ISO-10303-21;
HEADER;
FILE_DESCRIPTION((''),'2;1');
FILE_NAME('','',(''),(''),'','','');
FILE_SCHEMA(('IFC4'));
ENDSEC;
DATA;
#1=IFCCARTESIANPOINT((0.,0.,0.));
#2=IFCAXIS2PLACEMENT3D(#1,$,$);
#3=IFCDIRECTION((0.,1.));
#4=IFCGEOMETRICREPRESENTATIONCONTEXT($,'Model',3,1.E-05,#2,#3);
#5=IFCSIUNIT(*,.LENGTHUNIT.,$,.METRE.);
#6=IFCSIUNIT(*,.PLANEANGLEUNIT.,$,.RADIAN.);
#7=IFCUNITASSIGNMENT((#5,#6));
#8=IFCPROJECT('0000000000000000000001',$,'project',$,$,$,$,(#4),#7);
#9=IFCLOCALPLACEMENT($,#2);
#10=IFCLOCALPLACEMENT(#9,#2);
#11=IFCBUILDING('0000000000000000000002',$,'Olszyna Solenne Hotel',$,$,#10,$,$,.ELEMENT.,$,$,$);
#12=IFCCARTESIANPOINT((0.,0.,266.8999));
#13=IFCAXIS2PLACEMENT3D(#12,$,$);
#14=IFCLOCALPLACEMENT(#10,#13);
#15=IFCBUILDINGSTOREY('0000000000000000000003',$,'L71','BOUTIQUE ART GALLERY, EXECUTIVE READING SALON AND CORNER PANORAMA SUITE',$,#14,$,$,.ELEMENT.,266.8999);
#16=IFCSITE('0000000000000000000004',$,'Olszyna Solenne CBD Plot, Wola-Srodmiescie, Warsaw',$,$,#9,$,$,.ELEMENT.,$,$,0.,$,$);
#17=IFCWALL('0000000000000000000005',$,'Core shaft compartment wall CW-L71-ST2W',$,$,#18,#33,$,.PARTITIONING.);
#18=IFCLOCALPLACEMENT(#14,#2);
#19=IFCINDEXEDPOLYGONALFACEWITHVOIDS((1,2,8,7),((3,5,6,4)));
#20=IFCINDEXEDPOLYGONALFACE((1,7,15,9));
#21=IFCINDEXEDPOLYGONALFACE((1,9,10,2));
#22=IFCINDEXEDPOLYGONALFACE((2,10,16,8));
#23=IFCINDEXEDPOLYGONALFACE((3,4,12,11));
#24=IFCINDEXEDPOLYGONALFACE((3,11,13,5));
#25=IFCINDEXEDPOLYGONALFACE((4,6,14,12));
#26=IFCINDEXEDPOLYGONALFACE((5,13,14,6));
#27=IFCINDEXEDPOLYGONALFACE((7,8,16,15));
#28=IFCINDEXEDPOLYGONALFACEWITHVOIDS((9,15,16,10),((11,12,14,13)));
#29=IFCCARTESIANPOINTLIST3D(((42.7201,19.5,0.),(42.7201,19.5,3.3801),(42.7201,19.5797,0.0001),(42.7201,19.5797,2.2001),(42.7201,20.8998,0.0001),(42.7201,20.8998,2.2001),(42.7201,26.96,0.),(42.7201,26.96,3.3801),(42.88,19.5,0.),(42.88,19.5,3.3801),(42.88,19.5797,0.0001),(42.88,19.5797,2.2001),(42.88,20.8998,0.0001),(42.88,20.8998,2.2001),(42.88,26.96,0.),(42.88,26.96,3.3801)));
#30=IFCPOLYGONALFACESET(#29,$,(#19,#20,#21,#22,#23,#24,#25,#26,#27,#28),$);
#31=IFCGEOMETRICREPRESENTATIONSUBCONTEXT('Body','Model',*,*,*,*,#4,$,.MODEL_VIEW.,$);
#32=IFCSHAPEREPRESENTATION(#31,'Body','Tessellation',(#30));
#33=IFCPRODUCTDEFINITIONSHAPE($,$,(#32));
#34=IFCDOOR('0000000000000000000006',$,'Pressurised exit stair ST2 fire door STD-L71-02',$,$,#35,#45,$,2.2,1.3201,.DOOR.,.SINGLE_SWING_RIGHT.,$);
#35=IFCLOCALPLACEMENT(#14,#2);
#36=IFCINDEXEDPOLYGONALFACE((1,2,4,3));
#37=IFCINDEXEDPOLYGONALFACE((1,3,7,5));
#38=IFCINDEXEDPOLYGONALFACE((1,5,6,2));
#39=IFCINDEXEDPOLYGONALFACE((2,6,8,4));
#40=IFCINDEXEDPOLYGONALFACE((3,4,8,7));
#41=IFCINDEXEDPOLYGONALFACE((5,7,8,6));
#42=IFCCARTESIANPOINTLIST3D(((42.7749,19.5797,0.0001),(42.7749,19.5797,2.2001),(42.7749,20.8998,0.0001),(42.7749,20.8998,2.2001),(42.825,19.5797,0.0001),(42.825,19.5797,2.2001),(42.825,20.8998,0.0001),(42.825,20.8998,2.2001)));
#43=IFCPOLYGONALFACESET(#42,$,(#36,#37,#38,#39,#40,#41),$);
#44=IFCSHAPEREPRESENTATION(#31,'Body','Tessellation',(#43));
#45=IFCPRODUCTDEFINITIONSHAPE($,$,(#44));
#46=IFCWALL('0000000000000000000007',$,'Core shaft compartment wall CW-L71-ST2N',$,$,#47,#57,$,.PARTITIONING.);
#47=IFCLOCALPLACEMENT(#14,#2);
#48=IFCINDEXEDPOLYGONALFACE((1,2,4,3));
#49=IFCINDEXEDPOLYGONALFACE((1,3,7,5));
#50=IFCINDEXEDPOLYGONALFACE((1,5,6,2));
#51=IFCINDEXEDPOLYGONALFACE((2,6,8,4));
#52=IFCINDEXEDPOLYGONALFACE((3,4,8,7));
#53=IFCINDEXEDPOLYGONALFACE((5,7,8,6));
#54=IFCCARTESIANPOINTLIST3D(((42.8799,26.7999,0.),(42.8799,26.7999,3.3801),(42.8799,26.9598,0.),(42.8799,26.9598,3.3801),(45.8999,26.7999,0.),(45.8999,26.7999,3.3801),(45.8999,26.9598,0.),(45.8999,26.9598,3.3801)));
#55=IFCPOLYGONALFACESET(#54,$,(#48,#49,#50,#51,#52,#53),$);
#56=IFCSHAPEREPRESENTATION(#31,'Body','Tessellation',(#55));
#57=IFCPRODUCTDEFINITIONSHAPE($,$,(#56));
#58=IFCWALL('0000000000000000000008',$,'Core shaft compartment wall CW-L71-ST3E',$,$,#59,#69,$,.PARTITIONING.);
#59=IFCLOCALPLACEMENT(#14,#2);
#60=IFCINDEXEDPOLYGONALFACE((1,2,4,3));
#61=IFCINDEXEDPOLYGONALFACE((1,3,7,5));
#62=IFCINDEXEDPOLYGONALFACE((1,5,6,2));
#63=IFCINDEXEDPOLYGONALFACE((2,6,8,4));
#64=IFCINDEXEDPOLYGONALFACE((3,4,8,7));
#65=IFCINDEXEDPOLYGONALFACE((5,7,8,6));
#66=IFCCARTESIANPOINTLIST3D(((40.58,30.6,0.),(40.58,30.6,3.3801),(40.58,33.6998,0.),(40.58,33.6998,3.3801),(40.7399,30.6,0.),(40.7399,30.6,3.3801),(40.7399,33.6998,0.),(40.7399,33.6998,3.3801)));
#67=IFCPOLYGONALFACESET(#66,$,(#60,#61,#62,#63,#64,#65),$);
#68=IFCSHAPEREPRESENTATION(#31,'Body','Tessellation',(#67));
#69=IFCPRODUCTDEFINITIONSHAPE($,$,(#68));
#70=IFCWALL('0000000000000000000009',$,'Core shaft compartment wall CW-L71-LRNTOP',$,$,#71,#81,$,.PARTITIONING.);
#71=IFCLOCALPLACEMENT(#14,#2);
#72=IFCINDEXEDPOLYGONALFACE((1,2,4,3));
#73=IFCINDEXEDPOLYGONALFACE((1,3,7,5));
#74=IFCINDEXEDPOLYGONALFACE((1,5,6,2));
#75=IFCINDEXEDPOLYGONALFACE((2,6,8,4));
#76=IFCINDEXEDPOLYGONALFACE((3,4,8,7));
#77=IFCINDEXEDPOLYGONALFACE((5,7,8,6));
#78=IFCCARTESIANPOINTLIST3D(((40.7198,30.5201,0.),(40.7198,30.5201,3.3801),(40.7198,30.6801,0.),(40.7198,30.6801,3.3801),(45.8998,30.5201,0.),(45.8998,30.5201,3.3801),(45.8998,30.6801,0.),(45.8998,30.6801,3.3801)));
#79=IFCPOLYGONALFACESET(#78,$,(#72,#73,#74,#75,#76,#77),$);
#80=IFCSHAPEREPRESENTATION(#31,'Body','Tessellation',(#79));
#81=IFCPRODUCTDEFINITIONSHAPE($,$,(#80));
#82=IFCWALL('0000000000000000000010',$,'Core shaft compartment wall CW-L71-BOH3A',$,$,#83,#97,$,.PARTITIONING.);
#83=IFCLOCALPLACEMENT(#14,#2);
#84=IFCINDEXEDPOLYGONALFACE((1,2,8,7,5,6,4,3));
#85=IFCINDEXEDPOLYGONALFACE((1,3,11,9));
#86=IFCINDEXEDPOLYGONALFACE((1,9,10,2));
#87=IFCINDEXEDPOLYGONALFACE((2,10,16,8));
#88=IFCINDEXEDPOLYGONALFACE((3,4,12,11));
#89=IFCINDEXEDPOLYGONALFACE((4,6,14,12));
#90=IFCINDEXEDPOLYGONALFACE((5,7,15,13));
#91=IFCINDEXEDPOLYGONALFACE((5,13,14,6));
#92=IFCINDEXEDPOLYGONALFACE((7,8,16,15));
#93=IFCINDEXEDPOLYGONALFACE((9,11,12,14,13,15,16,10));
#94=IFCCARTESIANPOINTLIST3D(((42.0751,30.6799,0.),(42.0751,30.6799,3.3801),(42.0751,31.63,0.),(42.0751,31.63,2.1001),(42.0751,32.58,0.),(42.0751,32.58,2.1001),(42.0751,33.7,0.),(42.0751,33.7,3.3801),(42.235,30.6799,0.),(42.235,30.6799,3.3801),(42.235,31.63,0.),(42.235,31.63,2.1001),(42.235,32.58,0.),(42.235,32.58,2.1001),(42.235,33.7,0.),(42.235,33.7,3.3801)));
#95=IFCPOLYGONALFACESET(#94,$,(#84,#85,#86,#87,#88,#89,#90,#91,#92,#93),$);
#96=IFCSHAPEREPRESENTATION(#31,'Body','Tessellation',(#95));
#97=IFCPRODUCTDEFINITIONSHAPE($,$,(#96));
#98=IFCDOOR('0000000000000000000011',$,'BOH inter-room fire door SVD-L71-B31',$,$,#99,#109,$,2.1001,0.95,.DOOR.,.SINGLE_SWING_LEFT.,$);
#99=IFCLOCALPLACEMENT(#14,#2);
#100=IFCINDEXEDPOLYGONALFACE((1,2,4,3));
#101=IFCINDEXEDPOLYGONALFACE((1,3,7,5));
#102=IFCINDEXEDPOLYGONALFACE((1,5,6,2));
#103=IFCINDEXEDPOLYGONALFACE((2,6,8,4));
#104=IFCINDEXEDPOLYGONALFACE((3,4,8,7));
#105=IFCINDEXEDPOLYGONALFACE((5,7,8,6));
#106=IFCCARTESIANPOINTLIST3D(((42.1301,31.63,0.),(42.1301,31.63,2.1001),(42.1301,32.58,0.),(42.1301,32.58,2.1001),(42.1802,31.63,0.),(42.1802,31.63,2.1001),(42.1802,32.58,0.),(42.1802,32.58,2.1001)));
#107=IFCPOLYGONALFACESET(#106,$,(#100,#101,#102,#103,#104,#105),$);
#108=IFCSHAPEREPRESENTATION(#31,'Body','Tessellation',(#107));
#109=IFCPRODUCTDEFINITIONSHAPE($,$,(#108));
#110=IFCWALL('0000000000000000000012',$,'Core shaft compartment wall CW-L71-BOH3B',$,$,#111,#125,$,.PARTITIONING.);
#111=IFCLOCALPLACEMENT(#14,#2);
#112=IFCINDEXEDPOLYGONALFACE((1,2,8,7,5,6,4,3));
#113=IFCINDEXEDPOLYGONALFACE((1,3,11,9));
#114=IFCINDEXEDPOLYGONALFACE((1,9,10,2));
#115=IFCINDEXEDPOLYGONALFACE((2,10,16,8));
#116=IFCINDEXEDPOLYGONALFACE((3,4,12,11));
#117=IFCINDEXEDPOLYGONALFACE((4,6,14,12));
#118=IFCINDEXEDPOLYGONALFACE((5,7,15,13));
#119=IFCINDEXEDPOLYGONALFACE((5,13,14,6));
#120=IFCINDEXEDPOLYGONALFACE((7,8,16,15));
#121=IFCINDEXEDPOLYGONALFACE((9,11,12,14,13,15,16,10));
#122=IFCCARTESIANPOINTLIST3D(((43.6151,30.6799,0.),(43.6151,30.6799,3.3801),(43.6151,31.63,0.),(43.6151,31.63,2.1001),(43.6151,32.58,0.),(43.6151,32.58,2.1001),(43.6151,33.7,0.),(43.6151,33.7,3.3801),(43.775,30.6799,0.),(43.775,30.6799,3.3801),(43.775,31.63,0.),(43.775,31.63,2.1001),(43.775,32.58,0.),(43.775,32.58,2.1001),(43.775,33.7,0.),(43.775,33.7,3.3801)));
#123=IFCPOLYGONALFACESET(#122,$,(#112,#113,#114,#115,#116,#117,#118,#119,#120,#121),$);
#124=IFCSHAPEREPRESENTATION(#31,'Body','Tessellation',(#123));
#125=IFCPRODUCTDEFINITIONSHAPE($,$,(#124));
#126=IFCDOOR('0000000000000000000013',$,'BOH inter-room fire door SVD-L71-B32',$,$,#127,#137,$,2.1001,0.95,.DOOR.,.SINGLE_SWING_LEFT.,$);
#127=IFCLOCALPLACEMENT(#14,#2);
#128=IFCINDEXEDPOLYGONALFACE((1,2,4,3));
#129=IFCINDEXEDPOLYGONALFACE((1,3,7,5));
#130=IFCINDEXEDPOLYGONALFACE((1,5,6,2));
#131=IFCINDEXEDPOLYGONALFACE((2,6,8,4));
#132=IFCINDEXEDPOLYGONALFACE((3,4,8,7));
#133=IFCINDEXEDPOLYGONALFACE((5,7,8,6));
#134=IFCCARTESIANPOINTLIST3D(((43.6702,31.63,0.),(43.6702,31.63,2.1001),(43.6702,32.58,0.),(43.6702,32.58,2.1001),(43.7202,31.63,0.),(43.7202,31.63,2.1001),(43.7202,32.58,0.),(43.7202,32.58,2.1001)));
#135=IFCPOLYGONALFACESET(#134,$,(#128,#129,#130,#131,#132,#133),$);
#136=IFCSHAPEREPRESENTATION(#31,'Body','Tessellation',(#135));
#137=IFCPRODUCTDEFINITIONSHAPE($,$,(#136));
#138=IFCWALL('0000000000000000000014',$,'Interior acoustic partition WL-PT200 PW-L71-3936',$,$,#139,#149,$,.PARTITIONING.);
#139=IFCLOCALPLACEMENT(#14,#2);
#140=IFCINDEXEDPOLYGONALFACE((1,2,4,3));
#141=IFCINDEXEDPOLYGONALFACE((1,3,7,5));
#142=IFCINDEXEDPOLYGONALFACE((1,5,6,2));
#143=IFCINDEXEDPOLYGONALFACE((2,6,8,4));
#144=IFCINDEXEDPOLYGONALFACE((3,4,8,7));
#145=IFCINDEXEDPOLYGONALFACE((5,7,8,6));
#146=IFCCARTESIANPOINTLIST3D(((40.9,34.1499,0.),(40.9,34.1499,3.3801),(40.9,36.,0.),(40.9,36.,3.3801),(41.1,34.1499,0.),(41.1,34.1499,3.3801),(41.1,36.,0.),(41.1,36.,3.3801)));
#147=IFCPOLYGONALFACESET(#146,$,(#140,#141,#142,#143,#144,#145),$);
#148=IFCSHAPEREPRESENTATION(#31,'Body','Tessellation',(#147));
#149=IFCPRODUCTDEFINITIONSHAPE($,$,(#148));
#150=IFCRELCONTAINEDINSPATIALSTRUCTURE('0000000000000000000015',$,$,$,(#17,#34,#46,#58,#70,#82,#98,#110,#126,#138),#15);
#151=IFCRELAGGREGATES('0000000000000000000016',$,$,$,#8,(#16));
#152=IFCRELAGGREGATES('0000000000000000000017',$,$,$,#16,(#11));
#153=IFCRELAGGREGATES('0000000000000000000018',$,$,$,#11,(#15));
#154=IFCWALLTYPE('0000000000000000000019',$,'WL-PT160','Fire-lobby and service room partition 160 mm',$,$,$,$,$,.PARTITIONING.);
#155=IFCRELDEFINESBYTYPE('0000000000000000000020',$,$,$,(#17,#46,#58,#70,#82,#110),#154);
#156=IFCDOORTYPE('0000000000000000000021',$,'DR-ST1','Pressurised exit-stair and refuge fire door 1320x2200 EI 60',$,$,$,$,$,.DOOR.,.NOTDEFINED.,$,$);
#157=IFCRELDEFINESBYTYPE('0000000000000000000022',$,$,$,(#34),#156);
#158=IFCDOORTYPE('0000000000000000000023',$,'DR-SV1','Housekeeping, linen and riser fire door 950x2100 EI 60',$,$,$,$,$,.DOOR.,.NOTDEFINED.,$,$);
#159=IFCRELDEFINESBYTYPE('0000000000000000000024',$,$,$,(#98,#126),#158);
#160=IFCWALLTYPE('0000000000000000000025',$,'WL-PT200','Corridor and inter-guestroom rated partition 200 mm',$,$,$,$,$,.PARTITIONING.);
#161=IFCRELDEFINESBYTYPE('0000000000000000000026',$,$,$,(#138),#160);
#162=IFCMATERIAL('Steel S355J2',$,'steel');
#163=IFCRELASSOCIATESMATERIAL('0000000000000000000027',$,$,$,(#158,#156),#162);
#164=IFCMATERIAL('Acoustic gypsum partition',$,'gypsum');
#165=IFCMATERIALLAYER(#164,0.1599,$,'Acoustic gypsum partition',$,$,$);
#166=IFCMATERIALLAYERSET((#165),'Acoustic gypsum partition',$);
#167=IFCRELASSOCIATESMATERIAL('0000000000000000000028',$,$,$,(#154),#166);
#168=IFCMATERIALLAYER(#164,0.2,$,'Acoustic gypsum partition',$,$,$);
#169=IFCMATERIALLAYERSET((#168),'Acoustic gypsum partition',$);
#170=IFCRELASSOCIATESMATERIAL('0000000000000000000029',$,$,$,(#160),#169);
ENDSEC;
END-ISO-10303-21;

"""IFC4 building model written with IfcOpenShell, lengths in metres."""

from ifc_helpers import new_model, si_unit, direction, frame, frame_2d, origin, place, context, subcontext, project, spatial, rectangle, extrude, source, transform, mapped, material, layer, layer_set, type_object, type_shapes, element, fill, save


model = new_model("IFC4")

# Units and contexts
model_context = context("Model", 3, precision=1e-05, world=origin(), true_north=direction((0.0, 1.0)))
body_context = subcontext(model_context, "Body", "Model", "MODEL_VIEW")
ifc_project = project(units=[si_unit("LENGTHUNIT", "METRE"), si_unit("PLANEANGLEUNIT", "RADIAN")], contexts=[model_context])

# Site, building, storey
site_placement = place(None, origin())
site = spatial("IfcSite", under=ifc_project, at=site_placement, Name="Olszyna Solenne CBD Plot, Wola-Srodmiescie, Warsaw", CompositionType="ELEMENT", RefElevation=0.0)
building_placement = place(site_placement, origin())
building = spatial("IfcBuilding", under=site, at=building_placement, Name="Olszyna Solenne Hotel", CompositionType="ELEMENT")
storey_placement = place(building_placement, frame((0.0, 0.0, 266.8999)))
storey = spatial("IfcBuildingStorey", under=building, at=storey_placement, Name="L71", Description="BOUTIQUE ART GALLERY, EXECUTIVE READING SALON AND CORNER PANORAMA SUITE", CompositionType="ELEMENT", Elevation=266.8999)

# Shared definitions
ifc_material_1 = material(Name="Steel S355J2", Category="steel")

# Shared definitions
door_type_1 = type_object("IfcDoorType", Name="DR-SV1", Description="Housekeeping, linen and riser fire door 950x2100 EI 60", OperationType="NOTDEFINED", PredefinedType="DOOR", material=ifc_material_1)
shared_shape_1 = source(origin(), body_context, "Body", "SweptSolid", [
    extrude(rectangle(XDim=0.95, YDim=2.1001, at=frame_2d((0.4751, 1.05))), frame((0.0, 0.0249, 0.0), z_axis=(0.0, -1.0, 0.0), x_axis=(1.0, 0.0, 0.0)), (0.0, 0.0, 1.0), 0.05),
])
type_shapes(door_type_1, [shared_shape_1])

# Shared definitions
ifc_material_2 = material(Name="Acoustic gypsum partition", Category="gypsum")

# Wall, opening, door
ifc_layer_1 = layer(ifc_material_2, 0.1599, Name="Acoustic gypsum partition")
ifc_layer_set_1 = layer_set([ifc_layer_1], Name="Acoustic gypsum partition")
wall_type_1 = type_object("IfcWallType", Name="WL-PT160", Description="Fire-lobby and service room partition 160 mm", PredefinedType="PARTITIONING", material=ifc_layer_set_1)
wall_1_placement = place(storey_placement, frame((42.8, 26.96, 0.0), z_axis=(0.0, 0.0, 1.0), x_axis=(0.0, -1.0, 0.0)))
wall_1 = element("IfcWall", 1, at=wall_1_placement, inside=storey, type_object=wall_type_1, Name="Core shaft compartment wall CW-L71-ST2W", PredefinedType="PARTITIONING", context=body_context, shape_type="SweptSolid", body=[
    extrude(rectangle(XDim=7.46, YDim=0.1599, at=frame_2d((3.73, 0.0))), origin(), (0.0, 0.0, 1.0), 3.3801),
])
opening_1_placement = place(wall_1_placement, frame((6.0601, 0.0, 0.0)))
opening_1 = element("IfcOpeningElement", 2, at=opening_1_placement, cuts=wall_1, PredefinedType="OPENING", context=body_context, shape_type="SweptSolid", body=[
    extrude(rectangle(XDim=1.3201, YDim=2.2, at=frame_2d((0.6602, 1.1001))), frame((0.0, 0.0898, 0.0), z_axis=(0.0, -1.0, 0.0), x_axis=(1.0, 0.0, 0.0)), (0.0, 0.0, 1.0), 0.1799),
])
door_type_2 = type_object("IfcDoorType", Name="DR-ST1", Description="Pressurised exit-stair and refuge fire door 1320x2200 EI 60", OperationType="NOTDEFINED", PredefinedType="DOOR", material=ifc_material_1)
shared_shape_2 = source(origin(), body_context, "Body", "SweptSolid", [
    extrude(rectangle(XDim=1.3201, YDim=2.2, at=frame_2d((0.6602, 1.1001))), frame((0.0, 0.0249, 0.0), z_axis=(0.0, -1.0, 0.0), x_axis=(1.0, 0.0, 0.0)), (0.0, 0.0, 1.0), 0.05),
])
type_shapes(door_type_2, [shared_shape_2])
door_1_placement = place(opening_1_placement, origin())
door_1 = element("IfcDoor", 3, at=door_1_placement, inside=storey, type_object=door_type_2, Name="Pressurised exit stair ST2 fire door STD-L71-02", OperationType="SINGLE_SWING_RIGHT", OverallHeight=2.2, OverallWidth=1.3201, PredefinedType="DOOR", context=body_context, shape_type="MappedRepresentation", body=[
    mapped(shared_shape_2, transform((0.0, 0.0, 0.0), x_axis=(1.0, 0.0, 0.0), y_axis=(0.0, 1.0, 0.0), z_axis=(0.0, 0.0, 1.0), scale=1.0)),
])
fill(opening_1, door_1)

# Walls
wall_2_placement = place(storey_placement, frame((42.8799, 26.8799, 0.0), z_axis=(0.0, 0.0, 1.0), x_axis=(1.0, 0.0, 0.0)))
element("IfcWall", 4, at=wall_2_placement, inside=storey, type_object=wall_type_1, Name="Core shaft compartment wall CW-L71-ST2N", PredefinedType="PARTITIONING", context=body_context, shape_type="SweptSolid", body=[
    extrude(rectangle(XDim=3.02, YDim=0.1599, at=frame_2d((1.51, 0.0))), origin(), (0.0, 0.0, 1.0), 3.3801),
])
wall_3_placement = place(storey_placement, frame((40.6599, 30.6001, 0.0), z_axis=(0.0, 0.0, 1.0), x_axis=(0.0, 1.0, 0.0)))
element("IfcWall", 5, at=wall_3_placement, inside=storey, type_object=wall_type_1, Name="Core shaft compartment wall CW-L71-ST3E", PredefinedType="PARTITIONING", context=body_context, shape_type="SweptSolid", body=[
    extrude(rectangle(XDim=3.0999, YDim=0.1599, at=frame_2d((1.5498, 0.0))), origin(), (0.0, 0.0, 1.0), 3.3801),
])
wall_4_placement = place(storey_placement, frame((40.72, 30.6001, 0.0), z_axis=(0.0, 0.0, 1.0), x_axis=(1.0, 0.0, 0.0)))
element("IfcWall", 6, at=wall_4_placement, inside=storey, type_object=wall_type_1, Name="Core shaft compartment wall CW-L71-LRNTOP", PredefinedType="PARTITIONING", context=body_context, shape_type="SweptSolid", body=[
    extrude(rectangle(XDim=5.1799, YDim=0.1599, at=frame_2d((2.5898, 0.0))), origin(), (0.0, 0.0, 1.0), 3.3801),
])

# Walls, openings, doors
wall_5_placement = place(storey_placement, frame((42.155, 30.6799, 0.0), z_axis=(0.0, 0.0, 1.0), x_axis=(0.0, 1.0, 0.0)))
wall_5 = element("IfcWall", 7, at=wall_5_placement, inside=storey, type_object=wall_type_1, Name="Core shaft compartment wall CW-L71-BOH3A", PredefinedType="PARTITIONING", context=body_context, shape_type="SweptSolid", body=[
    extrude(rectangle(XDim=3.02, YDim=0.1599, at=frame_2d((1.51, 0.0))), origin(), (0.0, 0.0, 1.0), 3.3801),
])
opening_2_placement = place(wall_5_placement, frame((0.95, 0.0, 0.0)))
opening_2 = element("IfcOpeningElement", 8, at=opening_2_placement, cuts=wall_5, PredefinedType="OPENING", context=body_context, shape_type="SweptSolid", body=[
    extrude(rectangle(XDim=0.95, YDim=2.1001, at=frame_2d((0.4751, 1.05))), frame((0.0, 0.0898, 0.0), z_axis=(0.0, -1.0, 0.0), x_axis=(1.0, 0.0, 0.0)), (0.0, 0.0, 1.0), 0.1799),
])
door_2_placement = place(opening_2_placement, origin())
door_2 = element("IfcDoor", 9, at=door_2_placement, inside=storey, type_object=door_type_1, Name="BOH inter-room fire door SVD-L71-B31", OperationType="SINGLE_SWING_LEFT", OverallHeight=2.1001, OverallWidth=0.95, PredefinedType="DOOR", context=body_context, shape_type="MappedRepresentation", body=[
    mapped(shared_shape_1, transform((0.0, 0.0, 0.0), x_axis=(1.0, 0.0, 0.0), y_axis=(0.0, 1.0, 0.0), z_axis=(0.0, 0.0, 1.0), scale=1.0)),
])
fill(opening_2, door_2)
wall_6_placement = place(storey_placement, frame((43.6951, 30.6799, 0.0), z_axis=(0.0, 0.0, 1.0), x_axis=(0.0, 1.0, 0.0)))
wall_6 = element("IfcWall", 10, at=wall_6_placement, inside=storey, type_object=wall_type_1, Name="Core shaft compartment wall CW-L71-BOH3B", PredefinedType="PARTITIONING", context=body_context, shape_type="SweptSolid", body=[
    extrude(rectangle(XDim=3.02, YDim=0.1599, at=frame_2d((1.51, 0.0))), origin(), (0.0, 0.0, 1.0), 3.3801),
])
opening_3_placement = place(wall_6_placement, frame((0.95, 0.0, 0.0)))
opening_3 = element("IfcOpeningElement", 11, at=opening_3_placement, cuts=wall_6, PredefinedType="OPENING", context=body_context, shape_type="SweptSolid", body=[
    extrude(rectangle(XDim=0.95, YDim=2.1001, at=frame_2d((0.4751, 1.05))), frame((0.0, 0.0898, 0.0), z_axis=(0.0, -1.0, 0.0), x_axis=(1.0, 0.0, 0.0)), (0.0, 0.0, 1.0), 0.1799),
])
door_3_placement = place(opening_3_placement, origin())
door_3 = element("IfcDoor", 12, at=door_3_placement, inside=storey, type_object=door_type_1, Name="BOH inter-room fire door SVD-L71-B32", OperationType="SINGLE_SWING_LEFT", OverallHeight=2.1001, OverallWidth=0.95, PredefinedType="DOOR", context=body_context, shape_type="MappedRepresentation", body=[
    mapped(shared_shape_1, transform((0.0, 0.0, 0.0), x_axis=(1.0, 0.0, 0.0), y_axis=(0.0, 1.0, 0.0), z_axis=(0.0, 0.0, 1.0), scale=1.0)),
])
fill(opening_3, door_3)

# Wall
ifc_layer_2 = layer(ifc_material_2, 0.2, Name="Acoustic gypsum partition")
ifc_layer_set_2 = layer_set([ifc_layer_2], Name="Acoustic gypsum partition")
wall_type_2 = type_object("IfcWallType", Name="WL-PT200", Description="Corridor and inter-guestroom rated partition 200 mm", PredefinedType="PARTITIONING", material=ifc_layer_set_2)
wall_7_placement = place(storey_placement, frame((41.0, 34.1499, 0.0), z_axis=(0.0, 0.0, 1.0), x_axis=(0.0, 1.0, 0.0)))
element("IfcWall", 13, at=wall_7_placement, inside=storey, type_object=wall_type_2, Name="Interior acoustic partition WL-PT200 PW-L71-3936", PredefinedType="PARTITIONING", context=body_context, shape_type="SweptSolid", body=[
    extrude(rectangle(XDim=1.8501, YDim=0.2, at=frame_2d((0.925, 0.0))), origin(), (0.0, 0.0, 1.0), 3.3801),
])

save(model, "model.ifc")
